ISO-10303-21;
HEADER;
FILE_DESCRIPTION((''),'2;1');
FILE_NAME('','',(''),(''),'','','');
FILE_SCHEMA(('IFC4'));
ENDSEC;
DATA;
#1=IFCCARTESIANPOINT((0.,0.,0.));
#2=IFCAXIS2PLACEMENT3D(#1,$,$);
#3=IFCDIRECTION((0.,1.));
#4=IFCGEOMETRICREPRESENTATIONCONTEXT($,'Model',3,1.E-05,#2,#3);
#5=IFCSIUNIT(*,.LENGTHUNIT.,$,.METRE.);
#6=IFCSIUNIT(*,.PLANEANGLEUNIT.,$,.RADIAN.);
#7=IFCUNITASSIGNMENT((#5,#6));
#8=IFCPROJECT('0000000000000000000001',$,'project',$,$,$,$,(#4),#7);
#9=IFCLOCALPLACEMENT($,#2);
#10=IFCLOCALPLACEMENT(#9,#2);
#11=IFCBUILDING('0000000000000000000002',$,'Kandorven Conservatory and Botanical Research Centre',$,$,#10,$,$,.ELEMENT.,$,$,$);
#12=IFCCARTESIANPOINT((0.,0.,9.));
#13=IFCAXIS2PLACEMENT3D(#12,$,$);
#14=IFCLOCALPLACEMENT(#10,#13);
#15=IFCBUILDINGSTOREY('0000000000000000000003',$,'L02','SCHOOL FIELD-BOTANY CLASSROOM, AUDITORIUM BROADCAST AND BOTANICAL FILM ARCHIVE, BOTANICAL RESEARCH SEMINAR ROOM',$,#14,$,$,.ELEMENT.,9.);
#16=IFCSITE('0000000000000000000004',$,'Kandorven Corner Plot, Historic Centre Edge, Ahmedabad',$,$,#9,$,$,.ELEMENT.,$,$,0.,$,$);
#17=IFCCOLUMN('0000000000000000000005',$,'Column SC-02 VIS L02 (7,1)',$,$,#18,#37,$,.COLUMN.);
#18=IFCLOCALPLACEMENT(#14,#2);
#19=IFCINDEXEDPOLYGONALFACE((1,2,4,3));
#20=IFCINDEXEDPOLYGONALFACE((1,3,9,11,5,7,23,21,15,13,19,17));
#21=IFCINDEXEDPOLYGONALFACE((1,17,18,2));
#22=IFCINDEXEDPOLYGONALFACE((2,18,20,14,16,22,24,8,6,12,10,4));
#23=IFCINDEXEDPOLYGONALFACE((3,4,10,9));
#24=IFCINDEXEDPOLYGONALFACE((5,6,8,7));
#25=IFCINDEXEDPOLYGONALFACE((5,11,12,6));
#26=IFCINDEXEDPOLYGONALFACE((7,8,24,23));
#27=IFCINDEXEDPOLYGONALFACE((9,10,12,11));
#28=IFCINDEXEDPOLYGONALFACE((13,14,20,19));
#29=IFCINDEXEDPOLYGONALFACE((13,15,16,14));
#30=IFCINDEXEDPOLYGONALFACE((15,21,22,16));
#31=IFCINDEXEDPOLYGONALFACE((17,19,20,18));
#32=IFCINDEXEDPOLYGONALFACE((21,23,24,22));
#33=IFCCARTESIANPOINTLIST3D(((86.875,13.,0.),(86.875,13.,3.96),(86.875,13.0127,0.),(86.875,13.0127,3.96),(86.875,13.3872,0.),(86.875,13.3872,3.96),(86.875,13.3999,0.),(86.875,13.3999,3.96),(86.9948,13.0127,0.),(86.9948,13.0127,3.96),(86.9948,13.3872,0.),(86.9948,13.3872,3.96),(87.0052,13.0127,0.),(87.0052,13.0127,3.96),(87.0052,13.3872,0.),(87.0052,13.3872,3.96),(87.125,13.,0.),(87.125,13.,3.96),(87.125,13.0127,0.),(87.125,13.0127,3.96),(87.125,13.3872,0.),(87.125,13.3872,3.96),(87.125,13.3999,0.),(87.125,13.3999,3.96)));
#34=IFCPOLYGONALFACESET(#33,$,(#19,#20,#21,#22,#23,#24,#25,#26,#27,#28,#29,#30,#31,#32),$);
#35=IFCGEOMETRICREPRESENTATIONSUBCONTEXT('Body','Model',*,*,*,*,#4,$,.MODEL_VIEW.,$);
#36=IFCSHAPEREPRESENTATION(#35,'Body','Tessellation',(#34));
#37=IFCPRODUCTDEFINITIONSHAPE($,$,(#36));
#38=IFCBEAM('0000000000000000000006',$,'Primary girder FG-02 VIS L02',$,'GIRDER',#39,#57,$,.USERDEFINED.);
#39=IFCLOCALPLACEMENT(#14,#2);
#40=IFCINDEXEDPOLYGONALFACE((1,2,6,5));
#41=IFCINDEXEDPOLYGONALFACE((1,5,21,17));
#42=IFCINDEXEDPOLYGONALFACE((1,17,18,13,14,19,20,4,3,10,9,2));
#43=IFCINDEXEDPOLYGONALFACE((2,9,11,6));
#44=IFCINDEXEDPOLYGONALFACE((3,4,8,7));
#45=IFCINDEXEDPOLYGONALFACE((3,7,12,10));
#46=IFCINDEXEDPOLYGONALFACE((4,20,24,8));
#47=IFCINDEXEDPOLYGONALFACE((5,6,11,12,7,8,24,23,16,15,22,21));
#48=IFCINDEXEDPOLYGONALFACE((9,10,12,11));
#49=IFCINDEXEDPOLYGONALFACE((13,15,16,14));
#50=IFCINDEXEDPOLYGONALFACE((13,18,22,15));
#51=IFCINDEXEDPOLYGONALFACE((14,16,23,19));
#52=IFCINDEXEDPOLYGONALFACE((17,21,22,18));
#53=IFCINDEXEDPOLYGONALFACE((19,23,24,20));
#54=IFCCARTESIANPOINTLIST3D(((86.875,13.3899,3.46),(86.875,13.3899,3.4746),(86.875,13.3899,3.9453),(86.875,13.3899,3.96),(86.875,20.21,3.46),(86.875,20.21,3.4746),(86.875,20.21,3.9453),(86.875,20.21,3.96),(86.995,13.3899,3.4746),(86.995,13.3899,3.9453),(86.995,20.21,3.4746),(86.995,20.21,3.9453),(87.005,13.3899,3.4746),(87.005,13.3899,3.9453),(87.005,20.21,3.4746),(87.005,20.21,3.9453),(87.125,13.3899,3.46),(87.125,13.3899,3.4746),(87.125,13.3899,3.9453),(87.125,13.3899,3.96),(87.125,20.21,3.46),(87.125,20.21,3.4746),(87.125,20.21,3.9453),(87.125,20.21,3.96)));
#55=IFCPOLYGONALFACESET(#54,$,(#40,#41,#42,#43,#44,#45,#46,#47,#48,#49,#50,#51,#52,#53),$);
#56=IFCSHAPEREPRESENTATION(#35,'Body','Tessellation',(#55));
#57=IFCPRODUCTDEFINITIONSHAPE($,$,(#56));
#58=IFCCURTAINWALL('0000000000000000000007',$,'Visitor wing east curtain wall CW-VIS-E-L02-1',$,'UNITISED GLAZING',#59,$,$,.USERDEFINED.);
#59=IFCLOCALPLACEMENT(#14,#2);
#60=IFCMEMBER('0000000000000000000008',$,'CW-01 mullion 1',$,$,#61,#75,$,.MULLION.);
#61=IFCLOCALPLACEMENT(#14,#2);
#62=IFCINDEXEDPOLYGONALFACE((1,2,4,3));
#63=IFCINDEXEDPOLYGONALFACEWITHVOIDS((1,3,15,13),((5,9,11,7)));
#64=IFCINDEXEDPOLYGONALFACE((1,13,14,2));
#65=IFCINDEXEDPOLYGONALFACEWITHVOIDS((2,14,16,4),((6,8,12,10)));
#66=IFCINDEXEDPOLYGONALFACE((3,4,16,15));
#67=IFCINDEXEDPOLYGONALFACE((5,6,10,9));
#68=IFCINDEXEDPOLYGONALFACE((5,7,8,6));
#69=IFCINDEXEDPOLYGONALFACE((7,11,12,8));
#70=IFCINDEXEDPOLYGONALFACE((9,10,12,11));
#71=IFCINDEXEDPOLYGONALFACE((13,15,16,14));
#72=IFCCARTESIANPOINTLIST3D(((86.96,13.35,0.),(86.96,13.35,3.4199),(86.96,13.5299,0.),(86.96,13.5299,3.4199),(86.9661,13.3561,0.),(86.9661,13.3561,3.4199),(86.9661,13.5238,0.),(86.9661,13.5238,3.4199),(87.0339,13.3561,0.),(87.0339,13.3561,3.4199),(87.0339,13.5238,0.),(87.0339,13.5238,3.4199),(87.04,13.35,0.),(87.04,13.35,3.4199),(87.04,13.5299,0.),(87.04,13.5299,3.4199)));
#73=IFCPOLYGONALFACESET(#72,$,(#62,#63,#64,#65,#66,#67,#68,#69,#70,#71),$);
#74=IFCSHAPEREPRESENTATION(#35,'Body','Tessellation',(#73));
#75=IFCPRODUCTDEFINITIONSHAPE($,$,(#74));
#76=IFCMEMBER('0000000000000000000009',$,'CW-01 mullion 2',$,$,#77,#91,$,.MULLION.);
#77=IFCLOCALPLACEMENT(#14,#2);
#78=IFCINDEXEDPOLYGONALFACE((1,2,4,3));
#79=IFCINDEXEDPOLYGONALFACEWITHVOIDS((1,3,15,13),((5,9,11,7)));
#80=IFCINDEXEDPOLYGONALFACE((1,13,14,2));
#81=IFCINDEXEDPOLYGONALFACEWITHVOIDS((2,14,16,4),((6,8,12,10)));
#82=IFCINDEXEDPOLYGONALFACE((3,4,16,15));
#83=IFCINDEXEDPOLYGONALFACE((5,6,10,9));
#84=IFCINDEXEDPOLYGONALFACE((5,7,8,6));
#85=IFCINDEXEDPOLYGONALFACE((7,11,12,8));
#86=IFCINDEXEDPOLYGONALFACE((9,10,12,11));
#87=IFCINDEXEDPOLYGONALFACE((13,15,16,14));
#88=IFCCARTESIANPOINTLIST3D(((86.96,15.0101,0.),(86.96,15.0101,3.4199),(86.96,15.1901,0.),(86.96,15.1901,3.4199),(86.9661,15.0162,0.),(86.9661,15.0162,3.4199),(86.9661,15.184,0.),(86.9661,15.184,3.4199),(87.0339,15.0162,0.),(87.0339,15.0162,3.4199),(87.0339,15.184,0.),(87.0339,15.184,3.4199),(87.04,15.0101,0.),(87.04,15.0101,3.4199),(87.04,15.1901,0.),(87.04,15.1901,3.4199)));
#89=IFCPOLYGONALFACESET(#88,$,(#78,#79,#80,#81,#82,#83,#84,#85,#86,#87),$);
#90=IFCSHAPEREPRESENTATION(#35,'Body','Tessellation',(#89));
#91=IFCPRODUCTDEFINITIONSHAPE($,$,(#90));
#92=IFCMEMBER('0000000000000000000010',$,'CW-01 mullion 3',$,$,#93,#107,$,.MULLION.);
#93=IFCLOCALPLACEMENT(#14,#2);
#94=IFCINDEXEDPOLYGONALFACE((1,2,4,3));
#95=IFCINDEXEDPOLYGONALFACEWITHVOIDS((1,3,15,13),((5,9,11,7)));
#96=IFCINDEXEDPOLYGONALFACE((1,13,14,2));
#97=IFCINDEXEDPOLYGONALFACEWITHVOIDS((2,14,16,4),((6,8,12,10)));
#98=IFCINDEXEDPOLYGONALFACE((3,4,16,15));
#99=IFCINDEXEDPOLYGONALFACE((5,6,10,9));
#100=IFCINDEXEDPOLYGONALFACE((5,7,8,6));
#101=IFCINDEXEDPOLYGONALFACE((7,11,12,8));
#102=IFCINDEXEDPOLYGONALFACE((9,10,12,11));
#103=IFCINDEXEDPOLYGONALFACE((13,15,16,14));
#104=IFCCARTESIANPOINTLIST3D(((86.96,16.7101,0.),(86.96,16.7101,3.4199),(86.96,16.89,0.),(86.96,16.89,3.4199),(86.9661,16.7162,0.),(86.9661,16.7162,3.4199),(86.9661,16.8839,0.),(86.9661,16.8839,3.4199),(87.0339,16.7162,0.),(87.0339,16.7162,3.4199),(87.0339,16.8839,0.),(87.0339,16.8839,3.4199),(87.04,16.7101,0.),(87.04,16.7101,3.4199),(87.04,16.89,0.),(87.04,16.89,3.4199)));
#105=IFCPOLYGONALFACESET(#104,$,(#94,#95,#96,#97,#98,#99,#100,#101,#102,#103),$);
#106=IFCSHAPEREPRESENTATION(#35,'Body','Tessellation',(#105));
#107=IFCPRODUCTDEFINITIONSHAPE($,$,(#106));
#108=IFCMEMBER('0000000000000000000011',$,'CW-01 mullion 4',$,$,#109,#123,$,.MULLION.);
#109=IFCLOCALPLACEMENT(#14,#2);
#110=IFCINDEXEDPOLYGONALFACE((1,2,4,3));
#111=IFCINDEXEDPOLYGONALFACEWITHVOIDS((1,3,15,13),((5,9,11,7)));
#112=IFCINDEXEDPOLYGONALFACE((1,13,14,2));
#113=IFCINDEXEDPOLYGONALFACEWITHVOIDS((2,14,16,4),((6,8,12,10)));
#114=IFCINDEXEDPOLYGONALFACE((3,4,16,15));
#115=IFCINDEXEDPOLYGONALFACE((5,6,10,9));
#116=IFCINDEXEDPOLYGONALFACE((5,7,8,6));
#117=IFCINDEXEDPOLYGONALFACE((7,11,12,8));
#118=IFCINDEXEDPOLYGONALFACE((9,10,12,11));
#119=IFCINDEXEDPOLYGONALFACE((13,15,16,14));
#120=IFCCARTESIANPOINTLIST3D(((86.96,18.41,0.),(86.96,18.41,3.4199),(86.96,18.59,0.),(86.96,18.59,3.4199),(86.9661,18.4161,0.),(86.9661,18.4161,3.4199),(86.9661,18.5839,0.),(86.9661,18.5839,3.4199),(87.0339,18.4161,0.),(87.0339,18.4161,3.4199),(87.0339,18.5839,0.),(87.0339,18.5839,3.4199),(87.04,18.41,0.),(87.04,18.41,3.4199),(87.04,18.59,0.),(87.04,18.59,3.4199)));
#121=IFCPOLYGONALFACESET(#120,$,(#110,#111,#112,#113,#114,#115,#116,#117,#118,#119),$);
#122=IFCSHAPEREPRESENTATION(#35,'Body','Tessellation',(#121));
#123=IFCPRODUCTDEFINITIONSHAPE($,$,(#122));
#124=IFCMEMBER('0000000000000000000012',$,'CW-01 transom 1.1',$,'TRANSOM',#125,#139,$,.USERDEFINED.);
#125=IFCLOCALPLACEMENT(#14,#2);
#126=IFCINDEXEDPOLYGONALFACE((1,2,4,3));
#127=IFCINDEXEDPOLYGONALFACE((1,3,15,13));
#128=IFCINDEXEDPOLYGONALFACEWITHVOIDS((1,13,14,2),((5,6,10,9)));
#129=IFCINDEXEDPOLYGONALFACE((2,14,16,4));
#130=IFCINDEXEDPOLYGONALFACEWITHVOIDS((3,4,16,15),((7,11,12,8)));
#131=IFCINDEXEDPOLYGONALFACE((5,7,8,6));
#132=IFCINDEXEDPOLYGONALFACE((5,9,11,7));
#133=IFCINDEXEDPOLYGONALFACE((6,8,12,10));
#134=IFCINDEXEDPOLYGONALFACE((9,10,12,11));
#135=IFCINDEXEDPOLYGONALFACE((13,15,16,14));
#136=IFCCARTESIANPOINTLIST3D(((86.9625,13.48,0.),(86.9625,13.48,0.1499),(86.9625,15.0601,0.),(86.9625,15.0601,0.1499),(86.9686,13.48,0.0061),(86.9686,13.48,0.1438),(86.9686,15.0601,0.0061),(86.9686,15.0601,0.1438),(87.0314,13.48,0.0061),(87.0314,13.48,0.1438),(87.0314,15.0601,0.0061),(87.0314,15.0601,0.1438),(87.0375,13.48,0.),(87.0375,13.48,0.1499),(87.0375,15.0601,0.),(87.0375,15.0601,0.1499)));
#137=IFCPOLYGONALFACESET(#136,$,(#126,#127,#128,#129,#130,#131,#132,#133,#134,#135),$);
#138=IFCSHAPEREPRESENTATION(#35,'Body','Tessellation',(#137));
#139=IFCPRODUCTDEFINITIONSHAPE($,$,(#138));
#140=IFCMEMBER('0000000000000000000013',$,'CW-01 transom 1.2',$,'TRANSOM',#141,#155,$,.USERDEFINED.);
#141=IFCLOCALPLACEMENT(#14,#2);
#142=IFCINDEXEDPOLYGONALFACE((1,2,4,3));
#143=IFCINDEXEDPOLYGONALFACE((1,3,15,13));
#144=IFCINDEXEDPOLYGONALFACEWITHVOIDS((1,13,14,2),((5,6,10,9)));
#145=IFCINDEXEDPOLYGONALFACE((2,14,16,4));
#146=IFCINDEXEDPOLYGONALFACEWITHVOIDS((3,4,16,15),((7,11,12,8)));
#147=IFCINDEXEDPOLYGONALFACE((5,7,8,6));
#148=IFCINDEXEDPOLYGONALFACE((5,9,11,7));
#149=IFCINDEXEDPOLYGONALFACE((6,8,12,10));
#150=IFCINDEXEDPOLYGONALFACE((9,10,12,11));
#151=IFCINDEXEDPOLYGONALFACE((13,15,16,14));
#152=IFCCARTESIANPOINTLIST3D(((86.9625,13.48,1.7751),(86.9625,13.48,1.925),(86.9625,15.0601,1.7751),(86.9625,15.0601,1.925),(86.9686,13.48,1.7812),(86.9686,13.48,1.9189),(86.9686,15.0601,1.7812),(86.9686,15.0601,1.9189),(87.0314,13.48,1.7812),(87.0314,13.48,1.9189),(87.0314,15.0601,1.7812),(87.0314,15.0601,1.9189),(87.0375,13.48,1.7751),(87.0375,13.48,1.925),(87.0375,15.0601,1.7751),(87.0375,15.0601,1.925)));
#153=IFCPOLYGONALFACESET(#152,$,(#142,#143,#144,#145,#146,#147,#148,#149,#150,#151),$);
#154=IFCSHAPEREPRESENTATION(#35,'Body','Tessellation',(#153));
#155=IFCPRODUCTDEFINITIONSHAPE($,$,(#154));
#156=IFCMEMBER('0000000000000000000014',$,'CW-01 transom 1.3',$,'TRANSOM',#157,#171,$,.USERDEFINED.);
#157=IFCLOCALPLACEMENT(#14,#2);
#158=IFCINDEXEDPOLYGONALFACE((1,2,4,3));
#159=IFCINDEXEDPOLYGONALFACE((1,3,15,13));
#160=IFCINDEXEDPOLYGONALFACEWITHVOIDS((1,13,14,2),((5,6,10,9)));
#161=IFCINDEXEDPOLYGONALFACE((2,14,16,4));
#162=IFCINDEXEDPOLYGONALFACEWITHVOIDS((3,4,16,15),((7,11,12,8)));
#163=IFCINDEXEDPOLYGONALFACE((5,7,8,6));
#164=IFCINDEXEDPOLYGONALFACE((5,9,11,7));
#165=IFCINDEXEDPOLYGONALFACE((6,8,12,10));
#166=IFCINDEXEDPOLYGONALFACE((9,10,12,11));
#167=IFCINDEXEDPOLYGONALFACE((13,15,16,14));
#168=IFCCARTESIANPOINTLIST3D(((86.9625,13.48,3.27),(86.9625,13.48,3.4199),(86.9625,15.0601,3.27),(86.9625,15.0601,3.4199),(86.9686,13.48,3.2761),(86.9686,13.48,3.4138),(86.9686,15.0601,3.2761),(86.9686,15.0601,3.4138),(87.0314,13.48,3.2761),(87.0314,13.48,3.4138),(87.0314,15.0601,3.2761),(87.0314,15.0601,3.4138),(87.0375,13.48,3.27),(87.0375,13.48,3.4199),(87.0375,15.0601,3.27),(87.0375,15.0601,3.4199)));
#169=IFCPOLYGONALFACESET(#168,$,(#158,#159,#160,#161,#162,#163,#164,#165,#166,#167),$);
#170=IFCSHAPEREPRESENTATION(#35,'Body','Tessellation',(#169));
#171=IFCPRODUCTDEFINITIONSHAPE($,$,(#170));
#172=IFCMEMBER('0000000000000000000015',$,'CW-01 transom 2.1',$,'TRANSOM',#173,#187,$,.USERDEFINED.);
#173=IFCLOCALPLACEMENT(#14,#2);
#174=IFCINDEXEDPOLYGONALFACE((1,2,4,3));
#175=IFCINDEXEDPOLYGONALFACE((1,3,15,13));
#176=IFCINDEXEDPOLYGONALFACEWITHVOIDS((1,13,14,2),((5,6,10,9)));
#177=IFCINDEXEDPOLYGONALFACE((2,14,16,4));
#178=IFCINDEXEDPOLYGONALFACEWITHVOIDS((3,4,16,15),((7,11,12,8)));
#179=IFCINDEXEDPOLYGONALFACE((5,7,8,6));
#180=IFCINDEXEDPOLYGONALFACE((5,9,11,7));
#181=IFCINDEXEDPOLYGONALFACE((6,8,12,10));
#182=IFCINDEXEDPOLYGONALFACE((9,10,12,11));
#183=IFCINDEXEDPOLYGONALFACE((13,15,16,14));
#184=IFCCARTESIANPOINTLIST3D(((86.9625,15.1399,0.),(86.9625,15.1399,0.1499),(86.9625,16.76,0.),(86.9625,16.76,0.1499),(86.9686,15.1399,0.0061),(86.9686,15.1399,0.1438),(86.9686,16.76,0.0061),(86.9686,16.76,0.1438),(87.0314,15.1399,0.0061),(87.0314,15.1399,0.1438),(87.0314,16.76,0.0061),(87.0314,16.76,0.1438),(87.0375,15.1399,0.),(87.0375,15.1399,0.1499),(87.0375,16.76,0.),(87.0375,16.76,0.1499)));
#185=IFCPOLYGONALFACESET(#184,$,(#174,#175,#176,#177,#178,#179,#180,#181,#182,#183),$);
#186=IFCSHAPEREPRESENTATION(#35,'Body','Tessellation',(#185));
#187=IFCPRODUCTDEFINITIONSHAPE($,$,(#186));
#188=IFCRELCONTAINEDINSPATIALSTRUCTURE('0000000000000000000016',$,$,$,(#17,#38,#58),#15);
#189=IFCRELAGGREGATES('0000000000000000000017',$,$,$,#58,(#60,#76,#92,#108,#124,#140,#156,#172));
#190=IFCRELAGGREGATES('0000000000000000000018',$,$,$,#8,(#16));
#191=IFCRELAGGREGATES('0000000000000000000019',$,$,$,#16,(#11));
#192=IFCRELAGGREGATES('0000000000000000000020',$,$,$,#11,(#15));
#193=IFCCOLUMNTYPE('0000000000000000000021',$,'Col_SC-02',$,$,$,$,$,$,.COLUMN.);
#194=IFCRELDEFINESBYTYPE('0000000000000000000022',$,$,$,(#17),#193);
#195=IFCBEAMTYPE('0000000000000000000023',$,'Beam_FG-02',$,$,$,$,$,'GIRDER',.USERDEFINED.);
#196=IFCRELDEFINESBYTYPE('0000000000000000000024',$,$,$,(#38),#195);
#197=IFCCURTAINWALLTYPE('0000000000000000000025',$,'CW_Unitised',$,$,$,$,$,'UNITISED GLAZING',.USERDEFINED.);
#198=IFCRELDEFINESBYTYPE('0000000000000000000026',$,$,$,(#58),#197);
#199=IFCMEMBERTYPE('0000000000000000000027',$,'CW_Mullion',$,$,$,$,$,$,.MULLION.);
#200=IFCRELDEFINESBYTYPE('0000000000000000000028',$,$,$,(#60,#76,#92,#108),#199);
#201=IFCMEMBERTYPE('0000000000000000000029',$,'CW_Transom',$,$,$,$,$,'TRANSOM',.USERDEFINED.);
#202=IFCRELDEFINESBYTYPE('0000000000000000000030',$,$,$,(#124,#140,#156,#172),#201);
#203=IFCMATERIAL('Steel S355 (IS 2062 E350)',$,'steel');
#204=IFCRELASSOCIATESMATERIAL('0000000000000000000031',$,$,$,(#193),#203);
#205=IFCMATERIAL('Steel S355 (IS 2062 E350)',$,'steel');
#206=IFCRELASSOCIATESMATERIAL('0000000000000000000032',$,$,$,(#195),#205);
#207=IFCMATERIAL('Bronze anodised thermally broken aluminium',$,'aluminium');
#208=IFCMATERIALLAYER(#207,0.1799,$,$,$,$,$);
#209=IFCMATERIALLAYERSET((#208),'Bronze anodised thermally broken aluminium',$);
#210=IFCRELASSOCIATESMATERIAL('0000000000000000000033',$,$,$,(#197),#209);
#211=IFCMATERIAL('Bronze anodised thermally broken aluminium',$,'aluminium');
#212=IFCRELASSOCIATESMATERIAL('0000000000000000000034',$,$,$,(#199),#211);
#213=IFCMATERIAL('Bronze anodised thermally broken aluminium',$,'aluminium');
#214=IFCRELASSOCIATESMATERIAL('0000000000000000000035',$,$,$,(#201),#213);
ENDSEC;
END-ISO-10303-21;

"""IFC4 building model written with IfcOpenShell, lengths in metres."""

from ifc_helpers import new_model, si_unit, direction, frame, origin, origin_2d, place, context, subcontext, project, spatial, hollow_rectangle, i_section, extrude, material, layer, layer_set, material_profile, profile_set, type_object, element, aggregate, save


model = new_model("IFC4")

# Units and contexts
model_context = context("Model", 3, precision=1e-05, world=origin(), true_north=direction((0.0, 1.0)))
body_context = subcontext(model_context, "Body", "Model", "MODEL_VIEW")
ifc_project = project(units=[si_unit("LENGTHUNIT", "METRE"), si_unit("PLANEANGLEUNIT", "RADIAN")], contexts=[model_context])

# Site, building, storey
site_placement = place(None, origin())
site = spatial("IfcSite", under=ifc_project, at=site_placement, Name="Kandorven Corner Plot, Historic Centre Edge, Ahmedabad", CompositionType="ELEMENT", RefElevation=0.0)
building_placement = place(site_placement, origin())
building = spatial("IfcBuilding", under=site, at=building_placement, Name="Kandorven Conservatory and Botanical Research Centre", CompositionType="ELEMENT")
storey_placement = place(building_placement, frame((0.0, 0.0, 9.0)))
storey = spatial("IfcBuildingStorey", under=building, at=storey_placement, Name="L02", Description="SCHOOL FIELD-BOTANY CLASSROOM, AUDITORIUM BROADCAST AND BOTANICAL FILM ARCHIVE, BOTANICAL RESEARCH SEMINAR ROOM", CompositionType="ELEMENT", Elevation=9.0)

# Column
ifc_material_1 = material(Name="Steel S355 (IS 2062 E350)", Category="steel")
ifc_material_profile_1 = material_profile(ifc_material_1, i_section(OverallWidth=0.25, OverallDepth=0.3999, WebThickness=0.0105, FlangeThickness=0.0127, at=origin_2d()))
ifc_profile_set_1 = profile_set([ifc_material_profile_1], Name="Steel S355 (IS 2062 E350)")
column_type = type_object("IfcColumnType", Name="Col_SC-02", PredefinedType="COLUMN", material=ifc_profile_set_1)
column_placement = place(storey_placement, frame((87.0, 13.2, 0.0), z_axis=(0.0, 0.0, 1.0), x_axis=(1.0, 0.0, 0.0)))
element("IfcColumn", 1, at=column_placement, inside=storey, type_object=column_type, Name="Column SC-02 VIS L02 (7,1)", PredefinedType="COLUMN", context=body_context, shape_type="SweptSolid", body=[
    extrude(i_section(OverallWidth=0.25, OverallDepth=0.3999, WebThickness=0.0105, FlangeThickness=0.0127, at=origin_2d()), origin(), (0.0, 0.0, 1.0), 3.96),
])

# Beam
ifc_material_2 = material(Name="Steel S355 (IS 2062 E350)", Category="steel")
ifc_material_profile_2 = material_profile(ifc_material_2, i_section(OverallWidth=0.25, OverallDepth=0.5, WebThickness=0.01, FlangeThickness=0.0146, at=origin_2d()))
ifc_profile_set_2 = profile_set([ifc_material_profile_2], Name="Steel S355 (IS 2062 E350)")
beam_type = type_object("IfcBeamType", Name="Beam_FG-02", ElementType="GIRDER", PredefinedType="USERDEFINED", material=ifc_profile_set_2)
beam_placement = place(storey_placement, frame((87.0, 13.3899, 3.71), z_axis=(0.0, 1.0, 0.0), x_axis=(-1.0, 0.0, 0.0)))
element("IfcBeam", 2, at=beam_placement, inside=storey, type_object=beam_type, Name="Primary girder FG-02 VIS L02", ObjectType="GIRDER", PredefinedType="USERDEFINED", context=body_context, shape_type="SweptSolid", body=[
    extrude(i_section(OverallWidth=0.25, OverallDepth=0.5, WebThickness=0.01, FlangeThickness=0.0146, at=origin_2d()), origin(), (0.0, 0.0, 1.0), 6.8201),
])

# Curtain wall, members
ifc_material_3 = material(Name="Bronze anodised thermally broken aluminium", Category="aluminium")
ifc_layer_1 = layer(ifc_material_3, 0.1799)
ifc_layer_set_1 = layer_set([ifc_layer_1], Name="Bronze anodised thermally broken aluminium")
curtain_wall_type = type_object("IfcCurtainWallType", Name="CW_Unitised", ElementType="UNITISED GLAZING", PredefinedType="USERDEFINED", material=ifc_layer_set_1)
curtain_wall_placement = place(storey_placement, origin())
curtain_wall = element("IfcCurtainWall", 3, at=curtain_wall_placement, inside=storey, type_object=curtain_wall_type, Name="Visitor wing east curtain wall CW-VIS-E-L02-1", ObjectType="UNITISED GLAZING", PredefinedType="USERDEFINED")
ifc_material_4 = material(Name="Bronze anodised thermally broken aluminium", Category="aluminium")
ifc_material_profile_3 = material_profile(ifc_material_4, hollow_rectangle(XDim=0.0801, YDim=0.1799, WallThickness=0.0061, at=origin_2d()))
ifc_profile_set_3 = profile_set([ifc_material_profile_3], Name="Bronze anodised thermally broken aluminium")
member_type_1 = type_object("IfcMemberType", Name="CW_Mullion", PredefinedType="MULLION", material=ifc_profile_set_3)
member_1_placement = place(storey_placement, frame((87.0, 13.4399, 0.0), z_axis=(0.0, 0.0, 1.0), x_axis=(-1.0, 0.0, 0.0)))
member_1 = element("IfcMember", 4, at=member_1_placement, type_object=member_type_1, Name="CW-01 mullion 1", PredefinedType="MULLION", context=body_context, shape_type="SweptSolid", body=[
    extrude(hollow_rectangle(XDim=0.0801, YDim=0.1799, WallThickness=0.0061, at=origin_2d()), origin(), (0.0, 0.0, 1.0), 3.4199),
])
member_2_placement = place(storey_placement, frame((87.0, 15.1001, 0.0), z_axis=(0.0, 0.0, 1.0), x_axis=(-1.0, 0.0, 0.0)))
member_2 = element("IfcMember", 5, at=member_2_placement, type_object=member_type_1, Name="CW-01 mullion 2", PredefinedType="MULLION", context=body_context, shape_type="SweptSolid", body=[
    extrude(hollow_rectangle(XDim=0.0801, YDim=0.1799, WallThickness=0.0061, at=origin_2d()), origin(), (0.0, 0.0, 1.0), 3.4199),
])
member_3_placement = place(storey_placement, frame((87.0, 16.8, 0.0), z_axis=(0.0, 0.0, 1.0), x_axis=(-1.0, 0.0, 0.0)))
member_3 = element("IfcMember", 6, at=member_3_placement, type_object=member_type_1, Name="CW-01 mullion 3", PredefinedType="MULLION", context=body_context, shape_type="SweptSolid", body=[
    extrude(hollow_rectangle(XDim=0.0801, YDim=0.1799, WallThickness=0.0061, at=origin_2d()), origin(), (0.0, 0.0, 1.0), 3.4199),
])
member_4_placement = place(storey_placement, frame((87.0, 18.5, 0.0), z_axis=(0.0, 0.0, 1.0), x_axis=(-1.0, 0.0, 0.0)))
member_4 = element("IfcMember", 7, at=member_4_placement, type_object=member_type_1, Name="CW-01 mullion 4", PredefinedType="MULLION", context=body_context, shape_type="SweptSolid", body=[
    extrude(hollow_rectangle(XDim=0.0801, YDim=0.1799, WallThickness=0.0061, at=origin_2d()), origin(), (0.0, 0.0, 1.0), 3.4199),
])
ifc_material_5 = material(Name="Bronze anodised thermally broken aluminium", Category="aluminium")
ifc_material_profile_4 = material_profile(ifc_material_5, hollow_rectangle(XDim=0.075, YDim=0.1499, WallThickness=0.0061, at=origin_2d()))
ifc_profile_set_4 = profile_set([ifc_material_profile_4], Name="Bronze anodised thermally broken aluminium")
member_type_2 = type_object("IfcMemberType", Name="CW_Transom", ElementType="TRANSOM", PredefinedType="USERDEFINED", material=ifc_profile_set_4)
member_5_placement = place(storey_placement, frame((87.0, 13.48, 0.075), z_axis=(0.0, 1.0, 0.0), x_axis=(-1.0, 0.0, 0.0)))
member_5 = element("IfcMember", 8, at=member_5_placement, type_object=member_type_2, Name="CW-01 transom 1.1", ObjectType="TRANSOM", PredefinedType="USERDEFINED", context=body_context, shape_type="SweptSolid", body=[
    extrude(hollow_rectangle(XDim=0.075, YDim=0.1499, WallThickness=0.0061, at=origin_2d()), origin(), (0.0, 0.0, 1.0), 1.5801),
])
member_6_placement = place(storey_placement, frame((87.0, 13.48, 1.8501), z_axis=(0.0, 1.0, 0.0), x_axis=(-1.0, 0.0, 0.0)))
member_6 = element("IfcMember", 9, at=member_6_placement, type_object=member_type_2, Name="CW-01 transom 1.2", ObjectType="TRANSOM", PredefinedType="USERDEFINED", context=body_context, shape_type="SweptSolid", body=[
    extrude(hollow_rectangle(XDim=0.075, YDim=0.1499, WallThickness=0.0061, at=origin_2d()), origin(), (0.0, 0.0, 1.0), 1.5801),
])
member_7_placement = place(storey_placement, frame((87.0, 13.48, 3.345), z_axis=(0.0, 1.0, 0.0), x_axis=(-1.0, 0.0, 0.0)))
member_7 = element("IfcMember", 10, at=member_7_placement, type_object=member_type_2, Name="CW-01 transom 1.3", ObjectType="TRANSOM", PredefinedType="USERDEFINED", context=body_context, shape_type="SweptSolid", body=[
    extrude(hollow_rectangle(XDim=0.075, YDim=0.1499, WallThickness=0.0061, at=origin_2d()), origin(), (0.0, 0.0, 1.0), 1.5801),
])
member_8_placement = place(storey_placement, frame((87.0, 15.1399, 0.075), z_axis=(0.0, 1.0, 0.0), x_axis=(-1.0, 0.0, 0.0)))
member_8 = element("IfcMember", 11, at=member_8_placement, type_object=member_type_2, Name="CW-01 transom 2.1", ObjectType="TRANSOM", PredefinedType="USERDEFINED", context=body_context, shape_type="SweptSolid", body=[
    extrude(hollow_rectangle(XDim=0.075, YDim=0.1499, WallThickness=0.0061, at=origin_2d()), origin(), (0.0, 0.0, 1.0), 1.6201),
])
aggregate(curtain_wall, [member_1, member_2, member_3, member_4, member_5, member_6, member_7, member_8])

save(model, "model.ifc")
